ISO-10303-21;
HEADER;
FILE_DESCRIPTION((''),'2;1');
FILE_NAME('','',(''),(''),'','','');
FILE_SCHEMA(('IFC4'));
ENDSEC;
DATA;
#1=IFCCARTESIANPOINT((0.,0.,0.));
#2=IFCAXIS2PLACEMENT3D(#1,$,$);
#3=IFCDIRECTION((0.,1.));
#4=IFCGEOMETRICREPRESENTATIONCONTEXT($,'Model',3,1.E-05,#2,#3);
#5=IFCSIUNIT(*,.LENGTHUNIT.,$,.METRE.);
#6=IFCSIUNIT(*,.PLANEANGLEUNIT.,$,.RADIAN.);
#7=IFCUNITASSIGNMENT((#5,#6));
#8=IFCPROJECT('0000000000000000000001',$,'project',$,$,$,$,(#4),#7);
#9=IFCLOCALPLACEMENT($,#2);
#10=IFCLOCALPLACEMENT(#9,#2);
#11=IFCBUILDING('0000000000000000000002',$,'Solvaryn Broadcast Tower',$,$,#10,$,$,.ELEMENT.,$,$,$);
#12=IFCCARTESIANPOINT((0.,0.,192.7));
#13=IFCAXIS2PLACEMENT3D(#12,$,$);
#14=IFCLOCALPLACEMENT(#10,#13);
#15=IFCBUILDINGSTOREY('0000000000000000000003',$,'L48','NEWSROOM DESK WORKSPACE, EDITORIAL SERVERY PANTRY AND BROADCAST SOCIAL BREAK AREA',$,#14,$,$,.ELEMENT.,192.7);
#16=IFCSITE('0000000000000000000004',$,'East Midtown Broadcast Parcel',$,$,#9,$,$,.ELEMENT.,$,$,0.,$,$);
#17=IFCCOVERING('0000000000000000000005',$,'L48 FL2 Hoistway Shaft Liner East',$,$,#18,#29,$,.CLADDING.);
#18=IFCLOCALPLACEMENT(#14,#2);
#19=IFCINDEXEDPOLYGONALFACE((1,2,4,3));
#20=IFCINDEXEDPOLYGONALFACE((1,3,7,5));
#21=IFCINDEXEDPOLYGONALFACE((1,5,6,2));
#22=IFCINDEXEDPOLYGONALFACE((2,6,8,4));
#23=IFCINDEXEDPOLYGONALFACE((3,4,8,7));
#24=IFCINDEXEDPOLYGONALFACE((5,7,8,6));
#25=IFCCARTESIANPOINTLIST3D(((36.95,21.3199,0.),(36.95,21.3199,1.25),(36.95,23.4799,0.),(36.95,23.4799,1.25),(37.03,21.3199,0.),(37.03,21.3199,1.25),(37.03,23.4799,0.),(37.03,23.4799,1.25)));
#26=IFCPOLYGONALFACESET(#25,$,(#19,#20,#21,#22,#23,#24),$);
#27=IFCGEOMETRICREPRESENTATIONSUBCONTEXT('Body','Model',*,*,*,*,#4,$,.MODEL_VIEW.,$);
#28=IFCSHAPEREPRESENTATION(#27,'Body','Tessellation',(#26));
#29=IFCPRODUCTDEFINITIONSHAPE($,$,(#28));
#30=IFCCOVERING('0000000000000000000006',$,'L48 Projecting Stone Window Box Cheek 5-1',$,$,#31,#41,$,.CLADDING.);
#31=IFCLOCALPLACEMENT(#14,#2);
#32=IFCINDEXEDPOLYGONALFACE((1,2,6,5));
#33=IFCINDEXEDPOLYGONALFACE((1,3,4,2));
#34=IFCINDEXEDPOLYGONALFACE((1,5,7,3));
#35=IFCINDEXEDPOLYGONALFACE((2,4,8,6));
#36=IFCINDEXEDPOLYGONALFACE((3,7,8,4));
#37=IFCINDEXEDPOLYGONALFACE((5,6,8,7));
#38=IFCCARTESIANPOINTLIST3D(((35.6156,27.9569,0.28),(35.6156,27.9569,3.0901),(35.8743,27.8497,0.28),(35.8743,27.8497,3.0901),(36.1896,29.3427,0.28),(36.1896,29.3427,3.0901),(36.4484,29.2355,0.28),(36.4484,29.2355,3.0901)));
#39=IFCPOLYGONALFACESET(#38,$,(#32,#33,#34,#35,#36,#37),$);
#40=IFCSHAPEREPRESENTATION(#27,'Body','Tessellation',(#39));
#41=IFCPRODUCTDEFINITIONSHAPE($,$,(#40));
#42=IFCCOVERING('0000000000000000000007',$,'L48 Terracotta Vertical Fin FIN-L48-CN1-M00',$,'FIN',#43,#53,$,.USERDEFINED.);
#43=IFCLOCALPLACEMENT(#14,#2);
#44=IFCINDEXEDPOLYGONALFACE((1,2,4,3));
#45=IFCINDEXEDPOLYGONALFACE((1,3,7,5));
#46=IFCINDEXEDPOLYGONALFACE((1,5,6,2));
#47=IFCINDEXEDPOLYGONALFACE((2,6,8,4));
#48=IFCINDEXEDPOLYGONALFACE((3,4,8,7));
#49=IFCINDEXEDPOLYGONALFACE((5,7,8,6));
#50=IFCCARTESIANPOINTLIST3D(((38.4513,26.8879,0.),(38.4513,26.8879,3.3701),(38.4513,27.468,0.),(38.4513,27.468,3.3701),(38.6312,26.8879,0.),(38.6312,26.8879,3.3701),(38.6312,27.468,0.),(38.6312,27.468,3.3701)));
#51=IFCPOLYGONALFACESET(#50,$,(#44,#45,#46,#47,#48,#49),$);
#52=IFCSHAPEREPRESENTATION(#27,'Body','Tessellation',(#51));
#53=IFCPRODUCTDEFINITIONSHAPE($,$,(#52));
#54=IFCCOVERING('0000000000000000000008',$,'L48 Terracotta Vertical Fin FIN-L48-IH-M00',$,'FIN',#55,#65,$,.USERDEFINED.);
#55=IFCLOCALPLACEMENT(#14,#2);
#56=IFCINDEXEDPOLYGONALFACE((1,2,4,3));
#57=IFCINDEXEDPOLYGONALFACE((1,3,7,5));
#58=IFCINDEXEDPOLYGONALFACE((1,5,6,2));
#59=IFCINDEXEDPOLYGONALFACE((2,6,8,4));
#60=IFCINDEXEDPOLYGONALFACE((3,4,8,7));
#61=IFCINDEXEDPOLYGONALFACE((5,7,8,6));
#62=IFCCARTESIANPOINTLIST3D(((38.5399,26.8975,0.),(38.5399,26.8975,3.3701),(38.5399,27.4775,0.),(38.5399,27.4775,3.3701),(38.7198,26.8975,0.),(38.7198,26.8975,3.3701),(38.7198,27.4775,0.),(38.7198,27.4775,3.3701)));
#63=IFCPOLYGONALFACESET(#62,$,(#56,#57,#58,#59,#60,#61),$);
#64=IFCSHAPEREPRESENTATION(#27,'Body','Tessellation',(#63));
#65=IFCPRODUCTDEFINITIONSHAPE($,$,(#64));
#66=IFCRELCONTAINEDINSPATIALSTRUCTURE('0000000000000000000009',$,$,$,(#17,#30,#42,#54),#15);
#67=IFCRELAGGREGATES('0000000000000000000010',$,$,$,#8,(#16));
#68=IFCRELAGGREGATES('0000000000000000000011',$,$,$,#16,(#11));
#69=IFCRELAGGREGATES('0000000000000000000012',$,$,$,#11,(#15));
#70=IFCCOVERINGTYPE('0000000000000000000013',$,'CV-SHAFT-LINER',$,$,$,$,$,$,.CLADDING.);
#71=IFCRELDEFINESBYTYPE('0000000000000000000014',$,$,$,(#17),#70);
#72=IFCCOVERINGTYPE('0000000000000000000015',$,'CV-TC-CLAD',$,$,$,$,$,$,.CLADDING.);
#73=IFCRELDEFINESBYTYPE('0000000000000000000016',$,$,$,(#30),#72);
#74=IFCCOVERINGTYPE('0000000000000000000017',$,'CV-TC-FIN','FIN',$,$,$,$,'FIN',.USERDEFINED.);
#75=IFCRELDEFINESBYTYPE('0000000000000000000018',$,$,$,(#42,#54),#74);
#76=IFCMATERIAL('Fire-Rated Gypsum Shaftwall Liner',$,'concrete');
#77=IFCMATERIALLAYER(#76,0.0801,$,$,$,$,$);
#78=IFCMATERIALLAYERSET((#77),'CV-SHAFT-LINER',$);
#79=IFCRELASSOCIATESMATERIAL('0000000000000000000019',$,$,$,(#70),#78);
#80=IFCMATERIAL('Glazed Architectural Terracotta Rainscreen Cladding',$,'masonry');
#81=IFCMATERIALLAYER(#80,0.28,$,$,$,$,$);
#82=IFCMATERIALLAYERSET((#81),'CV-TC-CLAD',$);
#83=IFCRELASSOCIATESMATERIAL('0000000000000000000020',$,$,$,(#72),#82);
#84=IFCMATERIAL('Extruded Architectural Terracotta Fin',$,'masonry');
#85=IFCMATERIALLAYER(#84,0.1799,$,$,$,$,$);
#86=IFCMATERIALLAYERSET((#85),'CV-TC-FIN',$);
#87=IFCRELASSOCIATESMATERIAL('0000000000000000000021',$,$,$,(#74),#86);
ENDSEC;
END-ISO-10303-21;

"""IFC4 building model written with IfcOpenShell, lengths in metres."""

from ifc_helpers import new_model, si_unit, direction, frame, origin, origin_2d, place, context, subcontext, project, spatial, rectangle, extrude, material, layer, layer_set, type_object, element, save


model = new_model("IFC4")

# Units and contexts
model_context = context("Model", 3, precision=1e-05, world=origin(), true_north=direction((0.0, 1.0)))
body_context = subcontext(model_context, "Body", "Model", "MODEL_VIEW")
ifc_project = project(units=[si_unit("LENGTHUNIT", "METRE"), si_unit("PLANEANGLEUNIT", "RADIAN")], contexts=[model_context])

# Site, building, storey
site_placement = place(None, origin())
site = spatial("IfcSite", under=ifc_project, at=site_placement, Name="East Midtown Broadcast Parcel", CompositionType="ELEMENT", RefElevation=0.0)
building_placement = place(site_placement, origin())
building = spatial("IfcBuilding", under=site, at=building_placement, Name="Solvaryn Broadcast Tower", CompositionType="ELEMENT")
storey_placement = place(building_placement, frame((0.0, 0.0, 192.7)))
storey = spatial("IfcBuildingStorey", under=building, at=storey_placement, Name="L48", Description="NEWSROOM DESK WORKSPACE, EDITORIAL SERVERY PANTRY AND BROADCAST SOCIAL BREAK AREA", CompositionType="ELEMENT", Elevation=192.7)

# Coverings
ifc_material_1 = material(Name="Fire-Rated Gypsum Shaftwall Liner", Category="concrete")
ifc_layer_1 = layer(ifc_material_1, 0.0801)
ifc_layer_set_1 = layer_set([ifc_layer_1], Name="CV-SHAFT-LINER")
covering_type_1 = type_object("IfcCoveringType", Name="CV-SHAFT-LINER", PredefinedType="CLADDING", material=ifc_layer_set_1)
covering_1_placement = place(storey_placement, frame((36.99, 22.3999, 0.0), z_axis=(0.0, 0.0, 1.0), x_axis=(1.0, 0.0, 0.0)))
element("IfcCovering", 1, at=covering_1_placement, inside=storey, type_object=covering_type_1, Name="L48 FL2 Hoistway Shaft Liner East", PredefinedType="CLADDING", context=body_context, shape_type="SweptSolid", body=[
    extrude(rectangle(XDim=0.0801, YDim=2.1599, at=origin_2d()), origin(), (0.0, 0.0, 1.0), 1.25),
])
ifc_material_2 = material(Name="Glazed Architectural Terracotta Rainscreen Cladding", Category="masonry")
ifc_layer_2 = layer(ifc_material_2, 0.28)
ifc_layer_set_2 = layer_set([ifc_layer_2], Name="CV-TC-CLAD")
covering_type_2 = type_object("IfcCoveringType", Name="CV-TC-CLAD", PredefinedType="CLADDING", material=ifc_layer_set_2)
covering_2_placement = place(storey_placement, frame((36.032, 28.5962, 0.28), z_axis=(0.0, 0.0, 1.0), x_axis=(-0.92388, 0.382683, 0.0)))
element("IfcCovering", 2, at=covering_2_placement, inside=storey, type_object=covering_type_2, Name="L48 Projecting Stone Window Box Cheek 5-1", PredefinedType="CLADDING", context=body_context, shape_type="SweptSolid", body=[
    extrude(rectangle(XDim=0.28, YDim=1.5, at=origin_2d()), origin(), (0.0, 0.0, 1.0), 2.8101),
])
ifc_material_3 = material(Name="Extruded Architectural Terracotta Fin", Category="masonry")
ifc_layer_3 = layer(ifc_material_3, 0.1799)
ifc_layer_set_3 = layer_set([ifc_layer_3], Name="CV-TC-FIN")
covering_type_3 = type_object("IfcCoveringType", Name="CV-TC-FIN", Description="FIN", ElementType="FIN", PredefinedType="USERDEFINED", material=ifc_layer_set_3)
for number, where, z_axis, x_axis, name in (
    (3, (38.5413, 27.178, 0.0), (0.0, 0.0, 1.0), (1.0, 0.0, 0.0), "L48 Terracotta Vertical Fin FIN-L48-CN1-M00"),
    (4, (38.6299, 27.1875, 0.0), (0.0, 0.0, 1.0), (1.0, 0.0, 0.0), "L48 Terracotta Vertical Fin FIN-L48-IH-M00"),
):
    element("IfcCovering", number, at=place(storey_placement, frame(where, z_axis=z_axis, x_axis=x_axis)), inside=storey, type_object=covering_type_3, Name=name, ObjectType="FIN", PredefinedType="USERDEFINED", context=body_context, shape_type="SweptSolid", body=[
        extrude(rectangle(XDim=0.1799, YDim=0.5801, at=origin_2d()), origin(), (0.0, 0.0, 1.0), 3.3701),
    ])

save(model, "model.ifc")
